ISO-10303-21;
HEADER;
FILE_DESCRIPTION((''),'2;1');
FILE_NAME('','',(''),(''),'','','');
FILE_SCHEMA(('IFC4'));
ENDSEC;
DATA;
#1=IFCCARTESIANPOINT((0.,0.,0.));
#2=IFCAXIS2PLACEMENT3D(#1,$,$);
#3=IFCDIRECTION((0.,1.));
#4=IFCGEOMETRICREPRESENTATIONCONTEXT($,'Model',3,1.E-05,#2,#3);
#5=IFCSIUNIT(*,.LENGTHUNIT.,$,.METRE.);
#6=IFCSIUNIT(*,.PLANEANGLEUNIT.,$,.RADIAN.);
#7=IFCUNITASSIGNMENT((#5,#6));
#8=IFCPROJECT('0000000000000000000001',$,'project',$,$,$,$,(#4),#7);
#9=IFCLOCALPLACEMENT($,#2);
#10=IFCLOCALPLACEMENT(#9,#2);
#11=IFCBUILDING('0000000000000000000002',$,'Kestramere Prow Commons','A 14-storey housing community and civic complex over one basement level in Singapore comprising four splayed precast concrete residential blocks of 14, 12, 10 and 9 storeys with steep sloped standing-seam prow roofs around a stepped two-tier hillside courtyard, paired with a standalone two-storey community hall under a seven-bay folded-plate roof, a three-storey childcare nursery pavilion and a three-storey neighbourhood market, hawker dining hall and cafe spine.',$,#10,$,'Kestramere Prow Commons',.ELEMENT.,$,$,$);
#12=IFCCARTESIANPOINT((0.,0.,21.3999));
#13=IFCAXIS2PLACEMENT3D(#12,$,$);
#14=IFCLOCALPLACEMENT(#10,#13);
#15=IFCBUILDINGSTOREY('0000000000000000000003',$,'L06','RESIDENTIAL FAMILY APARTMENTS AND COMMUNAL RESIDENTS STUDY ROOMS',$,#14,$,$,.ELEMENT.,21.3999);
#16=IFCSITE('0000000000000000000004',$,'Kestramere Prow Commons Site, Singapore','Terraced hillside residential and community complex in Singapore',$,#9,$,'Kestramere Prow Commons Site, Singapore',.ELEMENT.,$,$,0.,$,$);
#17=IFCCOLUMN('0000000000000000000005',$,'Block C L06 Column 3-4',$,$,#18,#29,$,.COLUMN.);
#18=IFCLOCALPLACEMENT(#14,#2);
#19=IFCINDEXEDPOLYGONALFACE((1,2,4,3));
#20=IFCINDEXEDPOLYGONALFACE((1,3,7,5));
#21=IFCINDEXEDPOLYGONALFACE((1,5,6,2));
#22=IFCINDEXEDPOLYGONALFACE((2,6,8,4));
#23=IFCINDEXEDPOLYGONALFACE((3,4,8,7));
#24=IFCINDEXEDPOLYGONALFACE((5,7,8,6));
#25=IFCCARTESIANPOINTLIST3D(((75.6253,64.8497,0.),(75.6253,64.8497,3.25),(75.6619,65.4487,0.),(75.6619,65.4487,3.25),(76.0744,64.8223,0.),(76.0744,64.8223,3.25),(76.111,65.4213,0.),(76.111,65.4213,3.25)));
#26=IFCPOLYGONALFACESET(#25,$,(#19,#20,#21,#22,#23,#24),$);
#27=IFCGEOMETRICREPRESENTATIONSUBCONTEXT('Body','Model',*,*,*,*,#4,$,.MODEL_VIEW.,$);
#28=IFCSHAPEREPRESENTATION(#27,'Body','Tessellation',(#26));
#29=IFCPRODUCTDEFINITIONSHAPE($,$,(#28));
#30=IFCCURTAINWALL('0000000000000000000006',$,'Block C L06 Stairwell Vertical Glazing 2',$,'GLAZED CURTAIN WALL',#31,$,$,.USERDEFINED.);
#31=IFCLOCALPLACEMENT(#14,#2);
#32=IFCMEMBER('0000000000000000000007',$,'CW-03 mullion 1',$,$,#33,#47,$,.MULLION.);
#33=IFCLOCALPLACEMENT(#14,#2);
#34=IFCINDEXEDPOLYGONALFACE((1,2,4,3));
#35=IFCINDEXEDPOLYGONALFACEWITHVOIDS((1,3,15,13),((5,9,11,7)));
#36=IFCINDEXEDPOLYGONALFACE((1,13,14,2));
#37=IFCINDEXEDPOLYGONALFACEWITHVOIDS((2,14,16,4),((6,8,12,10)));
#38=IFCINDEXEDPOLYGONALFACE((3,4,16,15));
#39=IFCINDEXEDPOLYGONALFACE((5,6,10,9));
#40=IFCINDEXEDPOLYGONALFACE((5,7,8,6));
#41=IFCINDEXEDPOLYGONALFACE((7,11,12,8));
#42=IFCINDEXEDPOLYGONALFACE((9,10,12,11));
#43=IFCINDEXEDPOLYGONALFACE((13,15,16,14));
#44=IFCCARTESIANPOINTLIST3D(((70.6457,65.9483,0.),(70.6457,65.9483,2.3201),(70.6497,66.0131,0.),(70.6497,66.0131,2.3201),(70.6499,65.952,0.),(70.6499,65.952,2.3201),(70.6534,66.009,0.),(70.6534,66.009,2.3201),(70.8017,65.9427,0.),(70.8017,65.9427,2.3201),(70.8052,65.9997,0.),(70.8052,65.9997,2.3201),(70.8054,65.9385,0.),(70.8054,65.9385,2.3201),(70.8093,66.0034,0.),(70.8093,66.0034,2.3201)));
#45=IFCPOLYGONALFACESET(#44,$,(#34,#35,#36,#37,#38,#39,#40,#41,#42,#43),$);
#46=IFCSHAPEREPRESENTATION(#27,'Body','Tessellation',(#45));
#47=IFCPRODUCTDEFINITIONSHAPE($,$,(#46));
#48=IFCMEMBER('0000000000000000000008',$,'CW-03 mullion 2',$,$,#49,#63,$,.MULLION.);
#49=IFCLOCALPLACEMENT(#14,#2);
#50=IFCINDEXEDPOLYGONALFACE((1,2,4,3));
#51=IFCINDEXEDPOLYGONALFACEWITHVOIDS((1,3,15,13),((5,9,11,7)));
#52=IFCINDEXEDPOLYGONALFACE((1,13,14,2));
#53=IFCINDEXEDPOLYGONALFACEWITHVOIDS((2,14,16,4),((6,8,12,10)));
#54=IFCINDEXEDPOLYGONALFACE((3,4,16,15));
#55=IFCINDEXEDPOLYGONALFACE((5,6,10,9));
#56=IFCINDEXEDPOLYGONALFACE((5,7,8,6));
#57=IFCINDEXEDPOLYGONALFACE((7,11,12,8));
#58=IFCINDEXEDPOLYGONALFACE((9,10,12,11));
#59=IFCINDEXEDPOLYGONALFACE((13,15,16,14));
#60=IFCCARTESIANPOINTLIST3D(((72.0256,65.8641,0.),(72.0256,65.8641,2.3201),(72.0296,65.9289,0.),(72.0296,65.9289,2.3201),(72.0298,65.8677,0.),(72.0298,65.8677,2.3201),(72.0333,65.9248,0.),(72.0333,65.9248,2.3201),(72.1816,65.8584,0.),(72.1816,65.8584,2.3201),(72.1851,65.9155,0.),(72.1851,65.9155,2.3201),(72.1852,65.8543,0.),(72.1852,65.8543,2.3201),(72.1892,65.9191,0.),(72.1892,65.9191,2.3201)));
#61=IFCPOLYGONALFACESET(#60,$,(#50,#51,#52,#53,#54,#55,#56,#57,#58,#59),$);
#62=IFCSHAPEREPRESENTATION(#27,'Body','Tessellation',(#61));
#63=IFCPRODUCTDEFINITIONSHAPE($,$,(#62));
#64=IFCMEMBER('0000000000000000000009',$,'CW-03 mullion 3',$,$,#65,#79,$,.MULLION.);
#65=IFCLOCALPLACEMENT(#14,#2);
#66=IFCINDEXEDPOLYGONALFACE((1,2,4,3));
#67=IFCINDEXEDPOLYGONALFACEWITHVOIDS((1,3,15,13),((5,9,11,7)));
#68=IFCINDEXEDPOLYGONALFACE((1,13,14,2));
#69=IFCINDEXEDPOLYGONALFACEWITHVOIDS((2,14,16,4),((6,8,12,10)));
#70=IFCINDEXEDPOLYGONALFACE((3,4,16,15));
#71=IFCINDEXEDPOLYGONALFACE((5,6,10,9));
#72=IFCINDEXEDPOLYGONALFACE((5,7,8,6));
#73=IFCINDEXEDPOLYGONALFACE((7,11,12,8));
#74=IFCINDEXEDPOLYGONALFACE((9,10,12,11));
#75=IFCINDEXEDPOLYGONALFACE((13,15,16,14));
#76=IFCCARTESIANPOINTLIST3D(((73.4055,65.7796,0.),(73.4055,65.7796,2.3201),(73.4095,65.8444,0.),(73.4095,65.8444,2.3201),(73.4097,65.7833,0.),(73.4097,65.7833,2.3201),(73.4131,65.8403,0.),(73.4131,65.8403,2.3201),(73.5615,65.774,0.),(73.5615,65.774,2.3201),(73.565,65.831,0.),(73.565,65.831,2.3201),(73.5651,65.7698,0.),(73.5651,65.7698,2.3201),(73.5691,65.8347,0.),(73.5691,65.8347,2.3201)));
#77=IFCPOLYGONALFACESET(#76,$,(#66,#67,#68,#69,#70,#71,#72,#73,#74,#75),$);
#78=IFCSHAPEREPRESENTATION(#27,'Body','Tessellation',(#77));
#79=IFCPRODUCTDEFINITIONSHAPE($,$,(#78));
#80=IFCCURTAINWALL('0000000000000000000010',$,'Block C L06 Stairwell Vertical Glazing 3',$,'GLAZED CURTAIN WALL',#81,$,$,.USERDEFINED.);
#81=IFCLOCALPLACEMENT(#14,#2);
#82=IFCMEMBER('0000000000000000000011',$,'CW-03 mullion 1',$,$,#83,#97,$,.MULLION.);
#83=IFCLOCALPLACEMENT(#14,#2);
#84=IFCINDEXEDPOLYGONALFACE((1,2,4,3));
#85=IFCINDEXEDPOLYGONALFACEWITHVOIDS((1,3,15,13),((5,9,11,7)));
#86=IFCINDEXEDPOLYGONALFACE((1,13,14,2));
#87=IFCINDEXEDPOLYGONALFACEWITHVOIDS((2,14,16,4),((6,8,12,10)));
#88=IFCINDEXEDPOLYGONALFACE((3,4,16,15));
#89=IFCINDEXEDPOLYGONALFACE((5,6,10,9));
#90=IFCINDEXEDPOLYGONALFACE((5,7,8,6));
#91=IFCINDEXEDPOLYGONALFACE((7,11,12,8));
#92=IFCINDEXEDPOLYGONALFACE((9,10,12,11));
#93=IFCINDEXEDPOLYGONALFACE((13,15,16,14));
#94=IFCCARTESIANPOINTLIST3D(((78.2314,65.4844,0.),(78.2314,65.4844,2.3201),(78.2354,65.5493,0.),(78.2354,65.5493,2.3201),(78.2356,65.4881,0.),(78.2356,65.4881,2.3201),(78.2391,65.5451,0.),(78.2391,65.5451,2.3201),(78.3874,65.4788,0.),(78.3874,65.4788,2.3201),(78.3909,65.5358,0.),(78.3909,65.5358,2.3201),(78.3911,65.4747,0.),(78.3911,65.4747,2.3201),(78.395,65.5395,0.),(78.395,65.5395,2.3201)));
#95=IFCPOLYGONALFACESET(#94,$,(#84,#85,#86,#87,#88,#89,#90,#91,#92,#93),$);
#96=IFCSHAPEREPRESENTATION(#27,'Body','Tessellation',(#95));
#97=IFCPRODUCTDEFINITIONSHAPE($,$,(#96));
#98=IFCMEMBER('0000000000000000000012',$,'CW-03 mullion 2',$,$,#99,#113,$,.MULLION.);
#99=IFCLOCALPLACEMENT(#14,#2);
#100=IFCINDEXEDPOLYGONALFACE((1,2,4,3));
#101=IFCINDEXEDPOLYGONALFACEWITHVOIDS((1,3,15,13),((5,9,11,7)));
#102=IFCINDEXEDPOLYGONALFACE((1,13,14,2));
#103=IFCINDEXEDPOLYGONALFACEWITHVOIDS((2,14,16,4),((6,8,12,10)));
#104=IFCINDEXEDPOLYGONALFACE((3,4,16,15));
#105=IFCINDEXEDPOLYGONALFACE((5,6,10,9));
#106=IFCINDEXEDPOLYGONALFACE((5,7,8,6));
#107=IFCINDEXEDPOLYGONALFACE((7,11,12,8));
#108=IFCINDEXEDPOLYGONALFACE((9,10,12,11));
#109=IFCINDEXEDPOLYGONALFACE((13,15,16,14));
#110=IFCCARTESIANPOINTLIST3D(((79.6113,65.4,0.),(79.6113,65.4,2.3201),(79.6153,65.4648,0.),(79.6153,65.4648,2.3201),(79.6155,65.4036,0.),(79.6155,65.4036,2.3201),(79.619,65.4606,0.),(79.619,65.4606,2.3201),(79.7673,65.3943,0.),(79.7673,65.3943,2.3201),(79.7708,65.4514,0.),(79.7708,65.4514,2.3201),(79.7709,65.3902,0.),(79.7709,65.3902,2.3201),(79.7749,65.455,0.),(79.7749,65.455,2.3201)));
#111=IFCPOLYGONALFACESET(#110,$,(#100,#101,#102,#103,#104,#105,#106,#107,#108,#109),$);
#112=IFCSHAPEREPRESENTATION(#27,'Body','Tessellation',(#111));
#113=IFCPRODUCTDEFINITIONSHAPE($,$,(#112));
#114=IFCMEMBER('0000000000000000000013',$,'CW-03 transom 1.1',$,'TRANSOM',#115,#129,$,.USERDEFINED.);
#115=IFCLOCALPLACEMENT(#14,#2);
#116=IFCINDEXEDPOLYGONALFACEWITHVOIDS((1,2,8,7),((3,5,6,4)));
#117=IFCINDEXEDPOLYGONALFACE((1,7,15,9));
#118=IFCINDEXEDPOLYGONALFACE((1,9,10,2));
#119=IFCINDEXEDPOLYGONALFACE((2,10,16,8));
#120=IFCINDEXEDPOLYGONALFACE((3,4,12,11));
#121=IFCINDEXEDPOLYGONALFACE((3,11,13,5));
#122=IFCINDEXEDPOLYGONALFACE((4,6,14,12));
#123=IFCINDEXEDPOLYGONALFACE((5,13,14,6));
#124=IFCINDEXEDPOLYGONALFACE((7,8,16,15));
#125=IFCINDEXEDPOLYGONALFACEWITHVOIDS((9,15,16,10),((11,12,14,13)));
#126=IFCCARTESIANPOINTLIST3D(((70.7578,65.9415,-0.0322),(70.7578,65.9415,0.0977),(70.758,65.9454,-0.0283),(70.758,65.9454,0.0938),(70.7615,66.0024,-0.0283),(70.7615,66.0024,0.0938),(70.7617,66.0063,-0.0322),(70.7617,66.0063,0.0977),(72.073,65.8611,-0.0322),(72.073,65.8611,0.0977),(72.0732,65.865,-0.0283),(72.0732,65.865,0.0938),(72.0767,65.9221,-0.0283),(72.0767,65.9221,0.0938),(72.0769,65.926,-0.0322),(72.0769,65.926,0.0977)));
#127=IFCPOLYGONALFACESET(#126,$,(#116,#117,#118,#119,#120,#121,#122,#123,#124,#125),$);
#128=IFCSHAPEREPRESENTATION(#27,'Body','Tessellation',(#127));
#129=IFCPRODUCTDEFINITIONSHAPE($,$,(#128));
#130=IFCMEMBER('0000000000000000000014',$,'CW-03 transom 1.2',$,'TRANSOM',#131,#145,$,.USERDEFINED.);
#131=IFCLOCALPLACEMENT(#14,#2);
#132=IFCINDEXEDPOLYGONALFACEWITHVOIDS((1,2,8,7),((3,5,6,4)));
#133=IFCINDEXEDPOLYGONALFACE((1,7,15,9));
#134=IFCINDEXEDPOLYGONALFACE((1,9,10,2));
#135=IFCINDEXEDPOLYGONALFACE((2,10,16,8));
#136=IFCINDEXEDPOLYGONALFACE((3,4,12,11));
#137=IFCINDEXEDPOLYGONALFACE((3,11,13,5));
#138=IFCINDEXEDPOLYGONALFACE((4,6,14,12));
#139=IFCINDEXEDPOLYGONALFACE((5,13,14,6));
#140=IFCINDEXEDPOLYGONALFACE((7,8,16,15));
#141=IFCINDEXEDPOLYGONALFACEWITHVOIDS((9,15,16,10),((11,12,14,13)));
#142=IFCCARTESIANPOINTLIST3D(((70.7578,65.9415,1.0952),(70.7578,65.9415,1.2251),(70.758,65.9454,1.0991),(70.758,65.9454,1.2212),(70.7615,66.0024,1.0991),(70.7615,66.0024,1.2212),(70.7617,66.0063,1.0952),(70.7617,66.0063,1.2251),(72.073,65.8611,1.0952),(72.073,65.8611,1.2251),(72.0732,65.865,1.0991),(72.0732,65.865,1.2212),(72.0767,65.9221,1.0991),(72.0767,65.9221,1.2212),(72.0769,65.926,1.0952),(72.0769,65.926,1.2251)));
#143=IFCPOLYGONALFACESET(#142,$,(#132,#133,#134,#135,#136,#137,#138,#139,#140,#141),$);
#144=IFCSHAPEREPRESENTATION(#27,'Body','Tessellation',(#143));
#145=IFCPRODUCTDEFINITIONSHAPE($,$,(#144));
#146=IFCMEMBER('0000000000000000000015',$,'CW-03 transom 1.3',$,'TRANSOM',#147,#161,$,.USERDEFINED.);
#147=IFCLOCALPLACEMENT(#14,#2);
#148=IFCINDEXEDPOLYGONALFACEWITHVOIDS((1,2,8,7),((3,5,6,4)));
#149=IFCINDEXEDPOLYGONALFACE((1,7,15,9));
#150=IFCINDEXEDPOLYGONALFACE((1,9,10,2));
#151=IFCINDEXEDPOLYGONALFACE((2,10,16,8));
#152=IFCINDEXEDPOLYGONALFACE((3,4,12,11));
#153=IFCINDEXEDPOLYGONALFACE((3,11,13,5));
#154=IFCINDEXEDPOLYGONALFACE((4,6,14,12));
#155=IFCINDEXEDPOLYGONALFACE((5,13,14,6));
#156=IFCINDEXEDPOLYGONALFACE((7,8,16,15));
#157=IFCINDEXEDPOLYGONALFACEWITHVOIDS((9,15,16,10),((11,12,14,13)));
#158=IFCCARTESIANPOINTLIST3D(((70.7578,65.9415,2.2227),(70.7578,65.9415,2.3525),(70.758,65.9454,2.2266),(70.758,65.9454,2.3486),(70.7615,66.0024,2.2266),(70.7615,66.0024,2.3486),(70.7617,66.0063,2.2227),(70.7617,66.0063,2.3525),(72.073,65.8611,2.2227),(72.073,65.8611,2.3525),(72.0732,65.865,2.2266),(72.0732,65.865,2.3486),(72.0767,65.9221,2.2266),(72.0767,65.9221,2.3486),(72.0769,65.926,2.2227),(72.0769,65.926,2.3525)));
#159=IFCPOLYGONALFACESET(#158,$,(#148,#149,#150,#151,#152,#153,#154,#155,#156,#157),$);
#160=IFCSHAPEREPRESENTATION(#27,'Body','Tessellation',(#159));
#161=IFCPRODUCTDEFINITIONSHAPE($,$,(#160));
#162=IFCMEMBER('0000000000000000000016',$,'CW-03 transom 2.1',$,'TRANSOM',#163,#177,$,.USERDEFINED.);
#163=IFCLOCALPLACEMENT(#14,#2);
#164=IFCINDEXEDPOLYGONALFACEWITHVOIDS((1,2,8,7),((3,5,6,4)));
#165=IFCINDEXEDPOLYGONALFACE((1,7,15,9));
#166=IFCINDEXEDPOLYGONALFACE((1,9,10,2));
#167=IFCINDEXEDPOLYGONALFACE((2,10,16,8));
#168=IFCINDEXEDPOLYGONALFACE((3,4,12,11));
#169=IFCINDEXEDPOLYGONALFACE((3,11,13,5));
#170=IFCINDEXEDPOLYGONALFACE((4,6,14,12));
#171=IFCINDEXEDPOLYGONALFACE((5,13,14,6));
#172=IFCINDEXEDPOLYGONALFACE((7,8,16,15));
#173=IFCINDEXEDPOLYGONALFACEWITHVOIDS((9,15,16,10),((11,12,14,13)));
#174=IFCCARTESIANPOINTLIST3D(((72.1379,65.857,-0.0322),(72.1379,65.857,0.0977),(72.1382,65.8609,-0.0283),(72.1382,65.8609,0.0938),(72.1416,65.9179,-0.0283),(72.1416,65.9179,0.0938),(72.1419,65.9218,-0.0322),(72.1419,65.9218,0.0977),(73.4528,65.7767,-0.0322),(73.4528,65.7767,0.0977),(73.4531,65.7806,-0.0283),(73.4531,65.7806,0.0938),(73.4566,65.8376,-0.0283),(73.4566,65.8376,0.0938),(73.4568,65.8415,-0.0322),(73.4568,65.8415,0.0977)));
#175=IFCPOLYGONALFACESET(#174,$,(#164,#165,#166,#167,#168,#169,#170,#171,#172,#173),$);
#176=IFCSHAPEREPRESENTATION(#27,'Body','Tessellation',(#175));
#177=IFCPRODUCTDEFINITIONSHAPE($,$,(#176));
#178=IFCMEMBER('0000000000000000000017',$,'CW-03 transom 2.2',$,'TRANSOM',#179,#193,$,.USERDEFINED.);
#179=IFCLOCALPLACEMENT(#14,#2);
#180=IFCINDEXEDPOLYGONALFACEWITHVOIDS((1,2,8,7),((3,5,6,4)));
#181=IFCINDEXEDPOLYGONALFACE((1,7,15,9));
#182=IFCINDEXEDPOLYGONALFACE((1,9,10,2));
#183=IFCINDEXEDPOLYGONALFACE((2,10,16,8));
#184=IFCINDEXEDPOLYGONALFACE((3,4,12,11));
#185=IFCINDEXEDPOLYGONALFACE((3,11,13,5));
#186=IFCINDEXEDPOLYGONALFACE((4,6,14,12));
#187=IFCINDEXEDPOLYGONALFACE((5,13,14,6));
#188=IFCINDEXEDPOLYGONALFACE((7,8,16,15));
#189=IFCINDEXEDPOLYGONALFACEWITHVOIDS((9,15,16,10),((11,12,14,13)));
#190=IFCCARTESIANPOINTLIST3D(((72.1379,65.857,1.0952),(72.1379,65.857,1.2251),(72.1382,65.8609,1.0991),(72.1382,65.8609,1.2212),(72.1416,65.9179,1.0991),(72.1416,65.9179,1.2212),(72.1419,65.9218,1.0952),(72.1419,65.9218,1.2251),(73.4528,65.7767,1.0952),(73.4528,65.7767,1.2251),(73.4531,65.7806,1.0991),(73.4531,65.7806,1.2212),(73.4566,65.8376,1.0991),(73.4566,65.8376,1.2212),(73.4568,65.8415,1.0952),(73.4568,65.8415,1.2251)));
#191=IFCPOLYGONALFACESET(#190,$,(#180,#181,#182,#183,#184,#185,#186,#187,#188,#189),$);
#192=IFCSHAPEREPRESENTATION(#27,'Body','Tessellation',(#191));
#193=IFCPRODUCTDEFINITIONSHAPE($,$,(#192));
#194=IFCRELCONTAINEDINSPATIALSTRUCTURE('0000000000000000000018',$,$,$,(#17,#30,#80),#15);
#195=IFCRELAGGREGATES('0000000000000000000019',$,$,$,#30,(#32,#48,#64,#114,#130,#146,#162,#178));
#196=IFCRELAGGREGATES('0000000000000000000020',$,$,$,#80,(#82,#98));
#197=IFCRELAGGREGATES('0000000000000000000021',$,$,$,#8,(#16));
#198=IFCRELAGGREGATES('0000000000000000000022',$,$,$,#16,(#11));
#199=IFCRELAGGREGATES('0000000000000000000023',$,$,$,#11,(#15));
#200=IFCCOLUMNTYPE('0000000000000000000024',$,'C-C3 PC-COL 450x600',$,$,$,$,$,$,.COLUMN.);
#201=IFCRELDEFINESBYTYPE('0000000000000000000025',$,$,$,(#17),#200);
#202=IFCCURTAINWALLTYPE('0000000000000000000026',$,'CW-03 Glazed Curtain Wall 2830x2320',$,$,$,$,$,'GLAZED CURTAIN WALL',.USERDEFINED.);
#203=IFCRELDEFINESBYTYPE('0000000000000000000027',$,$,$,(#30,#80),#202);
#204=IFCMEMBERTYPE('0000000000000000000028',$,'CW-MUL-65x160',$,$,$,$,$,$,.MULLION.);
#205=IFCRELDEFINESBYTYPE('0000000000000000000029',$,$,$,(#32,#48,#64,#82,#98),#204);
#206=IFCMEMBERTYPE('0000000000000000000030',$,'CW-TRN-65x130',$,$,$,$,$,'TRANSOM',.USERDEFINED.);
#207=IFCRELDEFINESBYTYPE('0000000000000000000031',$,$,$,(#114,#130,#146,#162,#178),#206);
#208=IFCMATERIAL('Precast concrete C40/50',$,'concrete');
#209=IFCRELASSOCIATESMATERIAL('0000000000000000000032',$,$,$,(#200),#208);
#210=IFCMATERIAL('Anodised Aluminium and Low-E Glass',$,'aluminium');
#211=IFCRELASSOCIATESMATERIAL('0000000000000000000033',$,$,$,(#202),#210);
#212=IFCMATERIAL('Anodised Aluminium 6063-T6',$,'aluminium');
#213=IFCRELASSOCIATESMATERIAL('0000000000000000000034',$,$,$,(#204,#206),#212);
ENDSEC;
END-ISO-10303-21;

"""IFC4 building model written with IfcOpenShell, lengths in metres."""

from ifc_helpers import new_model, si_unit, direction, frame, origin, origin_2d, place, context, subcontext, project, spatial, rectangle, hollow_rectangle, extrude, material, material_profile, profile_set, type_object, element, aggregate, save


model = new_model("IFC4")

# Units and contexts
model_context = context("Model", 3, precision=1e-05, world=origin(), true_north=direction((0.0, 1.0)))
body_context = subcontext(model_context, "Body", "Model", "MODEL_VIEW")
ifc_project = project(units=[si_unit("LENGTHUNIT", "METRE"), si_unit("PLANEANGLEUNIT", "RADIAN")], contexts=[model_context])

# Site, building, storey
site_placement = place(None, origin())
site = spatial("IfcSite", under=ifc_project, at=site_placement, Name="Kestramere Prow Commons Site, Singapore", Description="Terraced hillside residential and community complex in Singapore", LongName="Kestramere Prow Commons Site, Singapore", CompositionType="ELEMENT", RefElevation=0.0)
building_placement = place(site_placement, origin())
building = spatial("IfcBuilding", under=site, at=building_placement, Name="Kestramere Prow Commons", Description="A 14-storey housing community and civic complex over one basement level in Singapore comprising four splayed precast concrete residential blocks of 14, 12, 10 and 9 storeys with steep sloped standing-seam prow roofs around a stepped two-tier hillside courtyard, paired with a standalone two-storey community hall under a seven-bay folded-plate roof, a three-storey childcare nursery pavilion and a three-storey neighbourhood market, hawker dining hall and cafe spine.", LongName="Kestramere Prow Commons", CompositionType="ELEMENT")
storey_placement = place(building_placement, frame((0.0, 0.0, 21.3999)))
storey = spatial("IfcBuildingStorey", under=building, at=storey_placement, Name="L06", Description="RESIDENTIAL FAMILY APARTMENTS AND COMMUNAL RESIDENTS STUDY ROOMS", CompositionType="ELEMENT", Elevation=21.3999)

# Column
ifc_material_1 = material(Name="Precast concrete C40/50", Category="concrete")
ifc_material_profile_1 = material_profile(ifc_material_1, rectangle(XDim=0.45, YDim=0.6001, at=origin_2d()), Name="PC-COL 450x600")
ifc_profile_set_1 = profile_set([ifc_material_profile_1], Name="Precast concrete C40/50")
column_type = type_object("IfcColumnType", Name="C-C3 PC-COL 450x600", PredefinedType="COLUMN", material=ifc_profile_set_1)
column_placement = place(storey_placement, frame((75.8682, 65.1355, 0.0), z_axis=(0.0, 0.0, 1.0), x_axis=(0.998135, -0.061049, 0.0)))
element("IfcColumn", 1, at=column_placement, inside=storey, type_object=column_type, Name="Block C L06 Column 3-4", PredefinedType="COLUMN", context=body_context, shape_type="SweptSolid", body=[
    extrude(rectangle(XDim=0.45, YDim=0.6001, at=origin_2d()), origin(), (0.0, 0.0, 1.0), 3.25),
])

# Curtain walls, members
ifc_material_2 = material(Name="Anodised Aluminium and Low-E Glass", Category="aluminium")
curtain_wall_type = type_object("IfcCurtainWallType", Name="CW-03 Glazed Curtain Wall 2830x2320", ElementType="GLAZED CURTAIN WALL", PredefinedType="USERDEFINED", material=ifc_material_2)
curtain_wall_1_placement = place(storey_placement, origin())
curtain_wall_1 = element("IfcCurtainWall", 2, at=curtain_wall_1_placement, inside=storey, type_object=curtain_wall_type, Name="Block C L06 Stairwell Vertical Glazing 2", ObjectType="GLAZED CURTAIN WALL", PredefinedType="USERDEFINED")
ifc_material_3 = material(Name="Anodised Aluminium 6063-T6", Category="aluminium")
ifc_material_profile_2 = material_profile(ifc_material_3, hollow_rectangle(XDim=0.0649, YDim=0.1599, WallThickness=0.0039, at=origin_2d()), Name="ALU-MUL 65x160")
ifc_profile_set_2 = profile_set([ifc_material_profile_2], Name="Anodised Aluminium 6063-T6")
member_type_1 = type_object("IfcMemberType", Name="CW-MUL-65x160", PredefinedType="MULLION", material=ifc_profile_set_2)
member_1_placement = place(storey_placement, frame((70.7275, 65.9758, 0.0), z_axis=(0.0, 0.0, 1.0), x_axis=(0.061048, 0.998135, 0.0)))
member_1 = element("IfcMember", 3, at=member_1_placement, type_object=member_type_1, Name="CW-03 mullion 1", PredefinedType="MULLION", context=body_context, shape_type="SweptSolid", body=[
    extrude(hollow_rectangle(XDim=0.0649, YDim=0.1599, WallThickness=0.0039, at=origin_2d()), origin(), (0.0, 0.0, 1.0), 2.3201),
])
member_2_placement = place(storey_placement, frame((72.1074, 65.8916, 0.0), z_axis=(0.0, 0.0, 1.0), x_axis=(0.061048, 0.998135, 0.0)))
member_2 = element("IfcMember", 4, at=member_2_placement, type_object=member_type_1, Name="CW-03 mullion 2", PredefinedType="MULLION", context=body_context, shape_type="SweptSolid", body=[
    extrude(hollow_rectangle(XDim=0.0649, YDim=0.1599, WallThickness=0.0039, at=origin_2d()), origin(), (0.0, 0.0, 1.0), 2.3201),
])
member_3_placement = place(storey_placement, frame((73.4873, 65.8071, 0.0), z_axis=(0.0, 0.0, 1.0), x_axis=(0.061048, 0.998135, 0.0)))
member_3 = element("IfcMember", 5, at=member_3_placement, type_object=member_type_1, Name="CW-03 mullion 3", PredefinedType="MULLION", context=body_context, shape_type="SweptSolid", body=[
    extrude(hollow_rectangle(XDim=0.0649, YDim=0.1599, WallThickness=0.0039, at=origin_2d()), origin(), (0.0, 0.0, 1.0), 2.3201),
])
curtain_wall_2_placement = place(storey_placement, origin())
curtain_wall_2 = element("IfcCurtainWall", 6, at=curtain_wall_2_placement, inside=storey, type_object=curtain_wall_type, Name="Block C L06 Stairwell Vertical Glazing 3", ObjectType="GLAZED CURTAIN WALL", PredefinedType="USERDEFINED")
member_4_placement = place(storey_placement, frame((78.3132, 65.512, 0.0), z_axis=(0.0, 0.0, 1.0), x_axis=(0.061048, 0.998135, 0.0)))
member_4 = element("IfcMember", 7, at=member_4_placement, type_object=member_type_1, Name="CW-03 mullion 1", PredefinedType="MULLION", context=body_context, shape_type="SweptSolid", body=[
    extrude(hollow_rectangle(XDim=0.0649, YDim=0.1599, WallThickness=0.0039, at=origin_2d()), origin(), (0.0, 0.0, 1.0), 2.3201),
])
member_5_placement = place(storey_placement, frame((79.6931, 65.4275, 0.0), z_axis=(0.0, 0.0, 1.0), x_axis=(0.061048, 0.998135, 0.0)))
member_5 = element("IfcMember", 8, at=member_5_placement, type_object=member_type_1, Name="CW-03 mullion 2", PredefinedType="MULLION", context=body_context, shape_type="SweptSolid", body=[
    extrude(hollow_rectangle(XDim=0.0649, YDim=0.1599, WallThickness=0.0039, at=origin_2d()), origin(), (0.0, 0.0, 1.0), 2.3201),
])

# Members
ifc_material_profile_3 = material_profile(ifc_material_3, hollow_rectangle(XDim=0.0649, YDim=0.1299, WallThickness=0.0039, at=origin_2d()), Name="ALU-TRN 65x130")
ifc_profile_set_3 = profile_set([ifc_material_profile_3], Name="Anodised Aluminium 6063-T6")
member_type_2 = type_object("IfcMemberType", Name="CW-TRN-65x130", ElementType="TRANSOM", PredefinedType="USERDEFINED", material=ifc_profile_set_3)
member_6_placement = place(storey_placement, frame((70.7598, 65.9739, 0.0327), z_axis=(0.99814, -0.060959, 0.0), x_axis=(0.060959, 0.99814, 0.0)))
member_6 = element("IfcMember", 9, at=member_6_placement, type_object=member_type_2, Name="CW-03 transom 1.1", ObjectType="TRANSOM", PredefinedType="USERDEFINED", context=body_context, shape_type="SweptSolid", body=[
    extrude(hollow_rectangle(XDim=0.0649, YDim=0.1299, WallThickness=0.0039, at=origin_2d()), origin(), (0.0, 0.0, 1.0), 1.3176),
])
member_7_placement = place(storey_placement, frame((70.7598, 65.9739, 1.1602), z_axis=(0.99814, -0.060959, 0.0), x_axis=(0.060959, 0.99814, 0.0)))
member_7 = element("IfcMember", 10, at=member_7_placement, type_object=member_type_2, Name="CW-03 transom 1.2", ObjectType="TRANSOM", PredefinedType="USERDEFINED", context=body_context, shape_type="SweptSolid", body=[
    extrude(hollow_rectangle(XDim=0.0649, YDim=0.1299, WallThickness=0.0039, at=origin_2d()), origin(), (0.0, 0.0, 1.0), 1.3176),
])
member_8_placement = place(storey_placement, frame((70.7598, 65.9739, 2.2876), z_axis=(0.99814, -0.060959, 0.0), x_axis=(0.060959, 0.99814, 0.0)))
member_8 = element("IfcMember", 11, at=member_8_placement, type_object=member_type_2, Name="CW-03 transom 1.3", ObjectType="TRANSOM", PredefinedType="USERDEFINED", context=body_context, shape_type="SweptSolid", body=[
    extrude(hollow_rectangle(XDim=0.0649, YDim=0.1299, WallThickness=0.0039, at=origin_2d()), origin(), (0.0, 0.0, 1.0), 1.3176),
])
member_9_placement = place(storey_placement, frame((72.1399, 65.8894, 0.0327), z_axis=(0.99814, -0.060971, 0.0), x_axis=(0.060971, 0.99814, 0.0)))
member_9 = element("IfcMember", 12, at=member_9_placement, type_object=member_type_2, Name="CW-03 transom 2.1", ObjectType="TRANSOM", PredefinedType="USERDEFINED", context=body_context, shape_type="SweptSolid", body=[
    extrude(hollow_rectangle(XDim=0.0649, YDim=0.1299, WallThickness=0.0039, at=origin_2d()), origin(), (0.0, 0.0, 1.0), 1.3174),
])
member_10_placement = place(storey_placement, frame((72.1399, 65.8894, 1.1602), z_axis=(0.99814, -0.060971, 0.0), x_axis=(0.060971, 0.99814, 0.0)))
member_10 = element("IfcMember", 13, at=member_10_placement, type_object=member_type_2, Name="CW-03 transom 2.2", ObjectType="TRANSOM", PredefinedType="USERDEFINED", context=body_context, shape_type="SweptSolid", body=[
    extrude(hollow_rectangle(XDim=0.0649, YDim=0.1299, WallThickness=0.0039, at=origin_2d()), origin(), (0.0, 0.0, 1.0), 1.3174),
])

aggregate(curtain_wall_1, [member_1, member_2, member_3, member_6, member_7, member_8, member_9, member_10])
aggregate(curtain_wall_2, [member_4, member_5])

save(model, "model.ifc")
